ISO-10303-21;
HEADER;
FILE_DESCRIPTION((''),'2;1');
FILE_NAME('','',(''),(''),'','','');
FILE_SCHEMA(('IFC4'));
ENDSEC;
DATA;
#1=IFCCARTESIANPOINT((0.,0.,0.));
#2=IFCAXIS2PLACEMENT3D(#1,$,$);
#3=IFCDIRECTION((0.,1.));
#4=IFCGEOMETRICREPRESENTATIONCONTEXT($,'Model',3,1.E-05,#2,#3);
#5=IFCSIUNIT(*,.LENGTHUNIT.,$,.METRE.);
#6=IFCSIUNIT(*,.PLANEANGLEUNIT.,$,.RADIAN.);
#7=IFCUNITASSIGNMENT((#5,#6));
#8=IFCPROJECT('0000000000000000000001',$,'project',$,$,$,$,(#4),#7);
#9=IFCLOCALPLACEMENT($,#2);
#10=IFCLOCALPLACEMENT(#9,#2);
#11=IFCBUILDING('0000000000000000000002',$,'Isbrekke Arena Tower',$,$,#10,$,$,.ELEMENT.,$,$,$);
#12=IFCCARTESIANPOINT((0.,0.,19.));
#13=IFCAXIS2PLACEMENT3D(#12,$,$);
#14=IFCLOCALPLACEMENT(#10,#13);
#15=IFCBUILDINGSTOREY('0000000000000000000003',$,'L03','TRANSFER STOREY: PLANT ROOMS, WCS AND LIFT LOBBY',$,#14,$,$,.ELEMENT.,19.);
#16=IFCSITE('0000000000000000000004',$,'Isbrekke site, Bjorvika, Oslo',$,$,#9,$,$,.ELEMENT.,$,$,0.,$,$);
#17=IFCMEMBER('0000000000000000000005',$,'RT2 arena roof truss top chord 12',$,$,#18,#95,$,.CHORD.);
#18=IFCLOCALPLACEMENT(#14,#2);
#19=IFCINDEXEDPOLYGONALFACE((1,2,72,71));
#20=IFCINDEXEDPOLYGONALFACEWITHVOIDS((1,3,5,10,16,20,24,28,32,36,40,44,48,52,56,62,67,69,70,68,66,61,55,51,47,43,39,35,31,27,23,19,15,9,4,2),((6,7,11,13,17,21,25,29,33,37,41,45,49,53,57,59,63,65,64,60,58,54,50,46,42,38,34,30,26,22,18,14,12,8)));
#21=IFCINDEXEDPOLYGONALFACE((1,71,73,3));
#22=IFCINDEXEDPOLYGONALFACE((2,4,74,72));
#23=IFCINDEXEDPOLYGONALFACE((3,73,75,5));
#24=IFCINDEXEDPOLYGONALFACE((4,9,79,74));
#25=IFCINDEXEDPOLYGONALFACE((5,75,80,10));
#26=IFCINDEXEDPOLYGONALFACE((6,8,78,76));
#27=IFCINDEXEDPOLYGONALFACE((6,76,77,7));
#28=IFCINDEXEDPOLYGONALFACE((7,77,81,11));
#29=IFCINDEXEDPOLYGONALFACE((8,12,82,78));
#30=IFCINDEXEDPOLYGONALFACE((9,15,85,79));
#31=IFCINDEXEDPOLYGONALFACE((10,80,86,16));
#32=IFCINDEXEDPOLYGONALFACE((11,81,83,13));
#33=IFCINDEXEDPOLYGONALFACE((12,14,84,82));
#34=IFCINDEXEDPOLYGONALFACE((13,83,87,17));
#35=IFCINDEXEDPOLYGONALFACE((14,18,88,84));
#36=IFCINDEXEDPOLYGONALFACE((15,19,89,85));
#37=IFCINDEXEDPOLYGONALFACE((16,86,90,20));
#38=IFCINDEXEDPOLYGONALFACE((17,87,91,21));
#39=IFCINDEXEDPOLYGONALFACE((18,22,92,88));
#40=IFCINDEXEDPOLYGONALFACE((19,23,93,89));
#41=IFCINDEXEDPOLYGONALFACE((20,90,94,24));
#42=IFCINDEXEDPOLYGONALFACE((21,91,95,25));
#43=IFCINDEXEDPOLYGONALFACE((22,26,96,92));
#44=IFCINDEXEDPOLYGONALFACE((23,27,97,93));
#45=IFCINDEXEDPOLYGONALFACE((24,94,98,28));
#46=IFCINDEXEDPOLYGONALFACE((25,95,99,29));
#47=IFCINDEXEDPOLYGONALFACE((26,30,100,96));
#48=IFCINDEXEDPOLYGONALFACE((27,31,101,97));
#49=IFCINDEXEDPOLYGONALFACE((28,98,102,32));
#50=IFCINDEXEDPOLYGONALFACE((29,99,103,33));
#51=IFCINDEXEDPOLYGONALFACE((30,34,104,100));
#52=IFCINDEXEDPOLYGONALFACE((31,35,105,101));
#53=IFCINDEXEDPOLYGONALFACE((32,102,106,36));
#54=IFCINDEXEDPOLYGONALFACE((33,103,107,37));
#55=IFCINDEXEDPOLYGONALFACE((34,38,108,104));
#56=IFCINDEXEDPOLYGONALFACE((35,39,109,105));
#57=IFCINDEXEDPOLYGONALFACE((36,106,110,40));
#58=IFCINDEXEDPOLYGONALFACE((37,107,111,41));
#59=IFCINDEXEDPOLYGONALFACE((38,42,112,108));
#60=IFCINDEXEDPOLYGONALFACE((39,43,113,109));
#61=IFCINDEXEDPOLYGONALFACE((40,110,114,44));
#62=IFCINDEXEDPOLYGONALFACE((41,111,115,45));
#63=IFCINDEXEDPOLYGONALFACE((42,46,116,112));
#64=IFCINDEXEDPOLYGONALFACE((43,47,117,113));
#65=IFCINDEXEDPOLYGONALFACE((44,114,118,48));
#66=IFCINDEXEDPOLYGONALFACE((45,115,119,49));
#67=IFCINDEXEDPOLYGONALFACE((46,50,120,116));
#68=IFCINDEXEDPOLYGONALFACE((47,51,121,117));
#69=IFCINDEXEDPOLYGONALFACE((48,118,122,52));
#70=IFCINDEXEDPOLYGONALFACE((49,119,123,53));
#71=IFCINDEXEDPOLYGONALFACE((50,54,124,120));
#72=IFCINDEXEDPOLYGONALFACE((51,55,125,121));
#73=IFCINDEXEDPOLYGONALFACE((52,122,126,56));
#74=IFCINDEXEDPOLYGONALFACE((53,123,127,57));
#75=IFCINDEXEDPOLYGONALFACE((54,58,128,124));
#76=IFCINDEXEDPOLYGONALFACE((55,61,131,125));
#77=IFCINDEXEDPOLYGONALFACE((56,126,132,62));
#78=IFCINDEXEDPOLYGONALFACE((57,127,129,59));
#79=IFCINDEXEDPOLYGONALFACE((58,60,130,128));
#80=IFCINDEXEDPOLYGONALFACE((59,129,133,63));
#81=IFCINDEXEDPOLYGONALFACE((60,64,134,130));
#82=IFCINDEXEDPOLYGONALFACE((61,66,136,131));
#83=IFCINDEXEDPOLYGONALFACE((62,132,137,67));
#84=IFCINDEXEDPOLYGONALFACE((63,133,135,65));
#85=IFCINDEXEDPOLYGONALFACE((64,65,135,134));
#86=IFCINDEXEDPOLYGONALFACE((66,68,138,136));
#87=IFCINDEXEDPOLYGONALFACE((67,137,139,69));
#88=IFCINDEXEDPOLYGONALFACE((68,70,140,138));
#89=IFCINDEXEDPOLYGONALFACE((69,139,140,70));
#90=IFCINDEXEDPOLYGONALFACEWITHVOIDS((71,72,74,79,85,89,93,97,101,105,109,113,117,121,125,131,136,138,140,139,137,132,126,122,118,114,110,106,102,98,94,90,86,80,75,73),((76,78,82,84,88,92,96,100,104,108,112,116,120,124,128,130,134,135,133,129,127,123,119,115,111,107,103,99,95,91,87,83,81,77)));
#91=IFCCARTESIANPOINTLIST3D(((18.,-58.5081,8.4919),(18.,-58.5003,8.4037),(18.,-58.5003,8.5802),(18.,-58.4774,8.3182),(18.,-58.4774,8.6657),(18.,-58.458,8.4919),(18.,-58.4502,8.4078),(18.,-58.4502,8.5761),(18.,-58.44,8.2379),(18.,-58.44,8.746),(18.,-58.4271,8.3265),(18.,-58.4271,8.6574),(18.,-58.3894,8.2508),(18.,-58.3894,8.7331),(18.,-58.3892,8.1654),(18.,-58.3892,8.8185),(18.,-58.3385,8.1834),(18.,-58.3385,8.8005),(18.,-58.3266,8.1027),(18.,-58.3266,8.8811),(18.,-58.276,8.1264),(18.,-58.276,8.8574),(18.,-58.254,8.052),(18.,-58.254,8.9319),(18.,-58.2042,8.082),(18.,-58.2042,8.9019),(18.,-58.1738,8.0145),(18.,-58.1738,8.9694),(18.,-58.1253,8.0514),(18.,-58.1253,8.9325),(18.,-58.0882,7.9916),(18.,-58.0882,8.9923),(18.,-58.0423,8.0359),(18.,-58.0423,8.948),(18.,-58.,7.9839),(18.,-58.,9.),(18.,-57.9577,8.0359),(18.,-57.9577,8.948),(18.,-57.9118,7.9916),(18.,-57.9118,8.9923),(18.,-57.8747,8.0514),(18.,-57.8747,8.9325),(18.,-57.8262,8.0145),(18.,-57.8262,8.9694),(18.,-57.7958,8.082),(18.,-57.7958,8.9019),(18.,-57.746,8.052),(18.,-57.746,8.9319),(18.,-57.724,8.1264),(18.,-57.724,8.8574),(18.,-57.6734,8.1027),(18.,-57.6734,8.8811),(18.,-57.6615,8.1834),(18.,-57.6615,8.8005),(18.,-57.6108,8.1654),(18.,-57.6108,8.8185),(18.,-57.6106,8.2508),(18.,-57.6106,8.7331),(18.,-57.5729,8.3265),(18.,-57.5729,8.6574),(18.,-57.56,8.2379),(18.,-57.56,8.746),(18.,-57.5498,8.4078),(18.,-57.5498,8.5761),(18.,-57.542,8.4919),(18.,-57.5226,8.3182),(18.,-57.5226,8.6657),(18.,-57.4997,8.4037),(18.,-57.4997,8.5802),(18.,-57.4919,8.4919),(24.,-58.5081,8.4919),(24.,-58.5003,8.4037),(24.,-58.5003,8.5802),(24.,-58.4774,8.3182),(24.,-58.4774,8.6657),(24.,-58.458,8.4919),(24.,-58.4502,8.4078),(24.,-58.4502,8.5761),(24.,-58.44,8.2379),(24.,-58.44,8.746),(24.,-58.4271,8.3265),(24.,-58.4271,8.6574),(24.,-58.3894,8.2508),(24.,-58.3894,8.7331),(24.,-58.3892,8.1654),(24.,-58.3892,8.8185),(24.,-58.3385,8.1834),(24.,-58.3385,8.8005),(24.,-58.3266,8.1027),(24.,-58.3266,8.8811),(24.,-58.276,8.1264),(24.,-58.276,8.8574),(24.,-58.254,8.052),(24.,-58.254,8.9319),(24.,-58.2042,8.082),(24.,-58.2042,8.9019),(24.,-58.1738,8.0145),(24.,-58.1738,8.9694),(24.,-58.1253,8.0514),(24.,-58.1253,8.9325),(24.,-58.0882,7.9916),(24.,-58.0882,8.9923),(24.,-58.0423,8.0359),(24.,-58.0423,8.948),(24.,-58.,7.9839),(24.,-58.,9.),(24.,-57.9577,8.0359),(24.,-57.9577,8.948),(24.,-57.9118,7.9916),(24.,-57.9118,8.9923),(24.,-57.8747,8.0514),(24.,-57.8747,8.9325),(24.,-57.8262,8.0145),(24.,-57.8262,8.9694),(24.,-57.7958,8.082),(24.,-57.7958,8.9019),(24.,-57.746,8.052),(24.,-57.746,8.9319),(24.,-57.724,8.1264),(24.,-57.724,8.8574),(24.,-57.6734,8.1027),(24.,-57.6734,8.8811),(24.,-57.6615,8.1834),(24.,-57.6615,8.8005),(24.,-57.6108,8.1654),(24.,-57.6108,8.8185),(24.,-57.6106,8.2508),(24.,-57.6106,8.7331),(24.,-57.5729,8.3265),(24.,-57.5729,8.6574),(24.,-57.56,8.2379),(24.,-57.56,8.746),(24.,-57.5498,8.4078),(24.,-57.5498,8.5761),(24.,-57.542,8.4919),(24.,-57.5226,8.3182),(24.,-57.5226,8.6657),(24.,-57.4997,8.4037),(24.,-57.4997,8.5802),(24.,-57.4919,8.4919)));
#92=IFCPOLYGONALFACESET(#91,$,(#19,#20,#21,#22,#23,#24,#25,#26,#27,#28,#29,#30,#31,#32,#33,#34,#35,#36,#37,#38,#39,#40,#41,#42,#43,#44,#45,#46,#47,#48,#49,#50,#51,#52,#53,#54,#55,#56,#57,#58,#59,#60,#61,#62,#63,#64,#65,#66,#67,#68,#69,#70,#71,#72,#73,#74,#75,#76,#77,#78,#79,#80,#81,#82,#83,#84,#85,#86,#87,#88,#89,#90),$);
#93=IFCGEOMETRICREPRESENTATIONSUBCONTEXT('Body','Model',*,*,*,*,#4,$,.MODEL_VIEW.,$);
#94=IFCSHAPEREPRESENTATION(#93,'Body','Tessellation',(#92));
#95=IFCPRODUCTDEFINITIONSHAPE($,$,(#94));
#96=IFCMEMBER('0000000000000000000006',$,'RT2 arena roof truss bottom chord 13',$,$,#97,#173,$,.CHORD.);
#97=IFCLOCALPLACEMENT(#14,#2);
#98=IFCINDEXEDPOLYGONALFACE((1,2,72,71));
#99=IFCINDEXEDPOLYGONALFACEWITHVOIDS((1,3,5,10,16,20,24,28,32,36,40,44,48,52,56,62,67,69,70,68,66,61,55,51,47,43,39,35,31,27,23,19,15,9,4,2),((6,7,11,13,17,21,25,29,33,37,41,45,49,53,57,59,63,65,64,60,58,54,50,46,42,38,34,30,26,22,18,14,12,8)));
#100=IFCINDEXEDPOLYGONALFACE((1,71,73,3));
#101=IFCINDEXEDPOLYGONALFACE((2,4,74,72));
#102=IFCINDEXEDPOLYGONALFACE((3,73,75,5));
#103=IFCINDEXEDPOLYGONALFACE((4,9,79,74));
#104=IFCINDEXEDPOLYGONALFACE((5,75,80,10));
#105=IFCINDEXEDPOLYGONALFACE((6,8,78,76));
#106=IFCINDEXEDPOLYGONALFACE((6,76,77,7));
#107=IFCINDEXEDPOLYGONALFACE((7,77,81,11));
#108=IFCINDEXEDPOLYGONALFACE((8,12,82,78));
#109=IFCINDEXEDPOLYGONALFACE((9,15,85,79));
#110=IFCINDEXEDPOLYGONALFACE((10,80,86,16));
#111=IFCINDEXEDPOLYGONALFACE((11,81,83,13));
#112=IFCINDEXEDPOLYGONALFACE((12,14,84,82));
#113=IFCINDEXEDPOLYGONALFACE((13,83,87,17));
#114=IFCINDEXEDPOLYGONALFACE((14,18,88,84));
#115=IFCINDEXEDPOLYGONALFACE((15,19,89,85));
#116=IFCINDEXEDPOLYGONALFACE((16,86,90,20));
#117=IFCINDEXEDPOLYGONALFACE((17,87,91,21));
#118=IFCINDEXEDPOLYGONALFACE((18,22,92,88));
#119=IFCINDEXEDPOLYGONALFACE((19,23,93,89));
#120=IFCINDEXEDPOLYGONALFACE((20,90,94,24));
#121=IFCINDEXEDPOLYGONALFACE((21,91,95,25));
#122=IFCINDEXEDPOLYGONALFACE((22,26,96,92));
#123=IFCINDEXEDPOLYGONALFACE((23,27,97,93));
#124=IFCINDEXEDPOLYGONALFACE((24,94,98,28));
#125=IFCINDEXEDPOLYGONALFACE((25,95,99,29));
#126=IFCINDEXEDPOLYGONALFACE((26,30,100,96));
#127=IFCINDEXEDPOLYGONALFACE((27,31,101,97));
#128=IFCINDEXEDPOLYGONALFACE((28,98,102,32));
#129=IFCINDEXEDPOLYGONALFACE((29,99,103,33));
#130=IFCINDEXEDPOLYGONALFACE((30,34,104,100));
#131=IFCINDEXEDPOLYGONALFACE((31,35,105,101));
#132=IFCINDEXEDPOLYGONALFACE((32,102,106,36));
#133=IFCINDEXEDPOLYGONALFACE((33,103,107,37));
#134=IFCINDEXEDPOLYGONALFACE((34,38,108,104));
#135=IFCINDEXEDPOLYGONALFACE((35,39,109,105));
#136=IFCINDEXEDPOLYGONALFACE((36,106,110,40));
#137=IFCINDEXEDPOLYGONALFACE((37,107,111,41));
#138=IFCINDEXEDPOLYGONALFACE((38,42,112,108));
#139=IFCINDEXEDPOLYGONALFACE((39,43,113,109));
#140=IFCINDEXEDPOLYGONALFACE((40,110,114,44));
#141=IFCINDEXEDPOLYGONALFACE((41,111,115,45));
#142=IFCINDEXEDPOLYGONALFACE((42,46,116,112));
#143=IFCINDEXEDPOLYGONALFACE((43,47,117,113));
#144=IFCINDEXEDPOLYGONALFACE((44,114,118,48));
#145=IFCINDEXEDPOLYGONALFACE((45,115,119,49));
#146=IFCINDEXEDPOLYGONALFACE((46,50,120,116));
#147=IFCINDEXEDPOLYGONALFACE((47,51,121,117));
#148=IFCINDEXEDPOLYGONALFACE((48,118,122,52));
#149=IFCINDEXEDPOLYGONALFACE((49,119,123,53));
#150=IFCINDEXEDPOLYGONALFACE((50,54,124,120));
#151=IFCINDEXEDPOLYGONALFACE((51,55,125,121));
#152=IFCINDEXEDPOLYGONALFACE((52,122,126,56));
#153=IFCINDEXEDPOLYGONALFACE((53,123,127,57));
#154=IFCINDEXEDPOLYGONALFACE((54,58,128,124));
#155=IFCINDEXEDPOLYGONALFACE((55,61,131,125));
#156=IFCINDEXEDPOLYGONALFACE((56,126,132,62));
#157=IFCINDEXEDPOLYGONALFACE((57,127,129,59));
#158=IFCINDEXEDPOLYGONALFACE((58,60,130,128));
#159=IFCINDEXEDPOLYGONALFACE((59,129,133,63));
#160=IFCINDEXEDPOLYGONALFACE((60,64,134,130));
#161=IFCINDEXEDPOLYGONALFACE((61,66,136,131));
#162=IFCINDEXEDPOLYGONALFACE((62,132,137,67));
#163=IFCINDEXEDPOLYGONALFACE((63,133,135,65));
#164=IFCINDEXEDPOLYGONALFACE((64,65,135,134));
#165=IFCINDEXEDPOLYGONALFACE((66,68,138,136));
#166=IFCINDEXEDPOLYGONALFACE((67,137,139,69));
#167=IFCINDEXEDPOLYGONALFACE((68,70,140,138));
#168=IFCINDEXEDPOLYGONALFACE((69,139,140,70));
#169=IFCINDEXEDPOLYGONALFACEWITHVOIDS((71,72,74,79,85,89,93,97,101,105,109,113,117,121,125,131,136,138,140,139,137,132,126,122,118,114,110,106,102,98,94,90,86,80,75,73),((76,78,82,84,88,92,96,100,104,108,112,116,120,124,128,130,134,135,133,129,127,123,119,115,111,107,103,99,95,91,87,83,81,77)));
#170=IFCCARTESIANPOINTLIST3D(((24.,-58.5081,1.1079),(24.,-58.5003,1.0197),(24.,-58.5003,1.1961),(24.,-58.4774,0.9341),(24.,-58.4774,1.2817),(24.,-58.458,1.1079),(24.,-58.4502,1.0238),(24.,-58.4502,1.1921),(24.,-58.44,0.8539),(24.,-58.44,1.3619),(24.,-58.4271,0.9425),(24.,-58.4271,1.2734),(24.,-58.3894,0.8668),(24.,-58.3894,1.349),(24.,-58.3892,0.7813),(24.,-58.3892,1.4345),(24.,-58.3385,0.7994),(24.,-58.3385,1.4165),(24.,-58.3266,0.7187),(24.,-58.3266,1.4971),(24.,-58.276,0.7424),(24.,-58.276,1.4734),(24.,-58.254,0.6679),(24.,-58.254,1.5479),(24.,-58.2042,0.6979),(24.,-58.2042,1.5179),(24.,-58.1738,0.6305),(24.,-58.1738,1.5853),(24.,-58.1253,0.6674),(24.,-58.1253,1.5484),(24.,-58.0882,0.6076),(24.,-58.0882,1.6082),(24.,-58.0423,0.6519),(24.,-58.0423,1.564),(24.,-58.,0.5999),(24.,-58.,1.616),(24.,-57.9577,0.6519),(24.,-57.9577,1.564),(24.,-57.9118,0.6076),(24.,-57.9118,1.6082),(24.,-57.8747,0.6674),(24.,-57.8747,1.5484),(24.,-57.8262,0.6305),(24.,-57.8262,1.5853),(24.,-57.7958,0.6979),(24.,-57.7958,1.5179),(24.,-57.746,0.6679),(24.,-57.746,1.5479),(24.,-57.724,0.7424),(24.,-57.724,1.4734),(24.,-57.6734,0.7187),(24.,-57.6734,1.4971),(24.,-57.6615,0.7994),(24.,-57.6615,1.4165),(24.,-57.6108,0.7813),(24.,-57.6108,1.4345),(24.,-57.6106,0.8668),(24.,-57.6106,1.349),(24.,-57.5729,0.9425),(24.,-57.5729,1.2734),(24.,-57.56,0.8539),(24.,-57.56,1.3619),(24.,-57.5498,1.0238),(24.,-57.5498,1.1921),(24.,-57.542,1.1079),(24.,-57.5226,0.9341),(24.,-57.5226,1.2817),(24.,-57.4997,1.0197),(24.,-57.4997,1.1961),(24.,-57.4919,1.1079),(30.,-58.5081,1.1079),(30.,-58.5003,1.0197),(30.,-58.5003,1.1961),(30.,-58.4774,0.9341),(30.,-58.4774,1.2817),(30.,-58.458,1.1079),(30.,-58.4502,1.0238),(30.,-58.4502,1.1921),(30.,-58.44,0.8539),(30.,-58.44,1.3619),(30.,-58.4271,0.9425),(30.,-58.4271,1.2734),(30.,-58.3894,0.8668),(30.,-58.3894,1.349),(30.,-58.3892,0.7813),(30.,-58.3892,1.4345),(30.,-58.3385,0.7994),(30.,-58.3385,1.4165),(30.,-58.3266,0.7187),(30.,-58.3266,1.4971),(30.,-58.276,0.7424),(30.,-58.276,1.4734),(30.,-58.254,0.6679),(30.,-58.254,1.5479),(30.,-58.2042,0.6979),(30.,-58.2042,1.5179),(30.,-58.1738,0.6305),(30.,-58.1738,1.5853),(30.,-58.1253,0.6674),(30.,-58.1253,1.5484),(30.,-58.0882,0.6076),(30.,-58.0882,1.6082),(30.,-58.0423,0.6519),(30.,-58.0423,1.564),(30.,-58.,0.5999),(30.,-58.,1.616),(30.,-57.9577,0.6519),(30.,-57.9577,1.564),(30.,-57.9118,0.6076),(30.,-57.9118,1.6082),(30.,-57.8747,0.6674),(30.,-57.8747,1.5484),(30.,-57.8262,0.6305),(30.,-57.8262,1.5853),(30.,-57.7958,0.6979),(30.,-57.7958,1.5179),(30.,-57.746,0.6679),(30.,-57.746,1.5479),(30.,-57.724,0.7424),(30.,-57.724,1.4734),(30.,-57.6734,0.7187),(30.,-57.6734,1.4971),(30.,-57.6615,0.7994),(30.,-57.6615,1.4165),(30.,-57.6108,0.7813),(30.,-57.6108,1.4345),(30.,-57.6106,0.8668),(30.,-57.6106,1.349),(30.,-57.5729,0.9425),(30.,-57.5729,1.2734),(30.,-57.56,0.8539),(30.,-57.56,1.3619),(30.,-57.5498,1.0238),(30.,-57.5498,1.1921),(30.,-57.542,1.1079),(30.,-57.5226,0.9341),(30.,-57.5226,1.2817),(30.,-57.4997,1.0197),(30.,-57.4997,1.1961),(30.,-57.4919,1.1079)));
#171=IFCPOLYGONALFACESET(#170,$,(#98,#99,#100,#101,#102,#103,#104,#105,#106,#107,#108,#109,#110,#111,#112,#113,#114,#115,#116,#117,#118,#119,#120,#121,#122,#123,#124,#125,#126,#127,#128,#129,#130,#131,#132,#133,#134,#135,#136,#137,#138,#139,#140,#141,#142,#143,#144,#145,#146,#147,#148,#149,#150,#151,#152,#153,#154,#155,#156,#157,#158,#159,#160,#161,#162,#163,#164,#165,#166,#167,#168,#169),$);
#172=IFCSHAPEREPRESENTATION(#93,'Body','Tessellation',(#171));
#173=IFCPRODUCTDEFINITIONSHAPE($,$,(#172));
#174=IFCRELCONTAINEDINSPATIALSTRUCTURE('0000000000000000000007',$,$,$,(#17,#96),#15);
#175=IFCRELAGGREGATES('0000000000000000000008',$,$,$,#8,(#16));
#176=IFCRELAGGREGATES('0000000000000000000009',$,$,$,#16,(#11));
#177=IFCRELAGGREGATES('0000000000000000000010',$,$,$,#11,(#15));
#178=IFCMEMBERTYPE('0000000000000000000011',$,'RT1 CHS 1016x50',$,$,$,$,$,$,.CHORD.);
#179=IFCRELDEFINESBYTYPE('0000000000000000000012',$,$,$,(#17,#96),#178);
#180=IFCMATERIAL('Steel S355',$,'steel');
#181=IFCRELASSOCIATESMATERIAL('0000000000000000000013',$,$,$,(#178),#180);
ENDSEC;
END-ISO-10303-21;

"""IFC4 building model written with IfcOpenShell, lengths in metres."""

from ifc_helpers import new_model, si_unit, direction, frame, origin, origin_2d, place, context, subcontext, project, spatial, hollow_circle, extrude, material, material_profile, profile_set, type_object, element, save


model = new_model("IFC4")

# Units and contexts
model_context = context("Model", 3, precision=1e-05, world=origin(), true_north=direction((0.0, 1.0)))
body_context = subcontext(model_context, "Body", "Model", "MODEL_VIEW")
ifc_project = project(units=[si_unit("LENGTHUNIT", "METRE"), si_unit("PLANEANGLEUNIT", "RADIAN")], contexts=[model_context])

# Site, building, storey
site_placement = place(None, origin())
site = spatial("IfcSite", under=ifc_project, at=site_placement, Name="Isbrekke site, Bjorvika, Oslo", CompositionType="ELEMENT", RefElevation=0.0)
building_placement = place(site_placement, origin())
building = spatial("IfcBuilding", under=site, at=building_placement, Name="Isbrekke Arena Tower", CompositionType="ELEMENT")
storey_placement = place(building_placement, frame((0.0, 0.0, 19.0)))
storey = spatial("IfcBuildingStorey", under=building, at=storey_placement, Name="L03", Description="TRANSFER STOREY: PLANT ROOMS, WCS AND LIFT LOBBY", CompositionType="ELEMENT", Elevation=19.0)

# Members
ifc_material_1 = material(Name="Steel S355", Category="steel")
ifc_material_profile_1 = material_profile(ifc_material_1, hollow_circle(Radius=0.5081, WallThickness=0.05, at=origin_2d()), Name="CHS 1016x50")
ifc_profile_set_1 = profile_set([ifc_material_profile_1], Name="Steel S355")
member_type_1 = type_object("IfcMemberType", Name="RT1 CHS 1016x50", PredefinedType="CHORD", material=ifc_profile_set_1)
for number, where, z_axis, x_axis, name in (
    (1, (18.0, -58.0, 8.4919), (1.0, 0.0, 0.0), (0.0, 1.0, 0.0), "RT2 arena roof truss top chord 12"),
    (2, (24.0, -58.0, 1.1079), (1.0, 0.0, 0.0), (0.0, 1.0, 0.0), "RT2 arena roof truss bottom chord 13"),
):
    element("IfcMember", number, at=place(storey_placement, frame(where, z_axis=z_axis, x_axis=x_axis)), inside=storey, type_object=member_type_1, Name=name, PredefinedType="CHORD", context=body_context, shape_type="SweptSolid", body=[
        extrude(hollow_circle(Radius=0.5081, WallThickness=0.05, at=origin_2d()), origin(), (0.0, 0.0, 1.0), 6.0),
    ])

save(model, "model.ifc")
